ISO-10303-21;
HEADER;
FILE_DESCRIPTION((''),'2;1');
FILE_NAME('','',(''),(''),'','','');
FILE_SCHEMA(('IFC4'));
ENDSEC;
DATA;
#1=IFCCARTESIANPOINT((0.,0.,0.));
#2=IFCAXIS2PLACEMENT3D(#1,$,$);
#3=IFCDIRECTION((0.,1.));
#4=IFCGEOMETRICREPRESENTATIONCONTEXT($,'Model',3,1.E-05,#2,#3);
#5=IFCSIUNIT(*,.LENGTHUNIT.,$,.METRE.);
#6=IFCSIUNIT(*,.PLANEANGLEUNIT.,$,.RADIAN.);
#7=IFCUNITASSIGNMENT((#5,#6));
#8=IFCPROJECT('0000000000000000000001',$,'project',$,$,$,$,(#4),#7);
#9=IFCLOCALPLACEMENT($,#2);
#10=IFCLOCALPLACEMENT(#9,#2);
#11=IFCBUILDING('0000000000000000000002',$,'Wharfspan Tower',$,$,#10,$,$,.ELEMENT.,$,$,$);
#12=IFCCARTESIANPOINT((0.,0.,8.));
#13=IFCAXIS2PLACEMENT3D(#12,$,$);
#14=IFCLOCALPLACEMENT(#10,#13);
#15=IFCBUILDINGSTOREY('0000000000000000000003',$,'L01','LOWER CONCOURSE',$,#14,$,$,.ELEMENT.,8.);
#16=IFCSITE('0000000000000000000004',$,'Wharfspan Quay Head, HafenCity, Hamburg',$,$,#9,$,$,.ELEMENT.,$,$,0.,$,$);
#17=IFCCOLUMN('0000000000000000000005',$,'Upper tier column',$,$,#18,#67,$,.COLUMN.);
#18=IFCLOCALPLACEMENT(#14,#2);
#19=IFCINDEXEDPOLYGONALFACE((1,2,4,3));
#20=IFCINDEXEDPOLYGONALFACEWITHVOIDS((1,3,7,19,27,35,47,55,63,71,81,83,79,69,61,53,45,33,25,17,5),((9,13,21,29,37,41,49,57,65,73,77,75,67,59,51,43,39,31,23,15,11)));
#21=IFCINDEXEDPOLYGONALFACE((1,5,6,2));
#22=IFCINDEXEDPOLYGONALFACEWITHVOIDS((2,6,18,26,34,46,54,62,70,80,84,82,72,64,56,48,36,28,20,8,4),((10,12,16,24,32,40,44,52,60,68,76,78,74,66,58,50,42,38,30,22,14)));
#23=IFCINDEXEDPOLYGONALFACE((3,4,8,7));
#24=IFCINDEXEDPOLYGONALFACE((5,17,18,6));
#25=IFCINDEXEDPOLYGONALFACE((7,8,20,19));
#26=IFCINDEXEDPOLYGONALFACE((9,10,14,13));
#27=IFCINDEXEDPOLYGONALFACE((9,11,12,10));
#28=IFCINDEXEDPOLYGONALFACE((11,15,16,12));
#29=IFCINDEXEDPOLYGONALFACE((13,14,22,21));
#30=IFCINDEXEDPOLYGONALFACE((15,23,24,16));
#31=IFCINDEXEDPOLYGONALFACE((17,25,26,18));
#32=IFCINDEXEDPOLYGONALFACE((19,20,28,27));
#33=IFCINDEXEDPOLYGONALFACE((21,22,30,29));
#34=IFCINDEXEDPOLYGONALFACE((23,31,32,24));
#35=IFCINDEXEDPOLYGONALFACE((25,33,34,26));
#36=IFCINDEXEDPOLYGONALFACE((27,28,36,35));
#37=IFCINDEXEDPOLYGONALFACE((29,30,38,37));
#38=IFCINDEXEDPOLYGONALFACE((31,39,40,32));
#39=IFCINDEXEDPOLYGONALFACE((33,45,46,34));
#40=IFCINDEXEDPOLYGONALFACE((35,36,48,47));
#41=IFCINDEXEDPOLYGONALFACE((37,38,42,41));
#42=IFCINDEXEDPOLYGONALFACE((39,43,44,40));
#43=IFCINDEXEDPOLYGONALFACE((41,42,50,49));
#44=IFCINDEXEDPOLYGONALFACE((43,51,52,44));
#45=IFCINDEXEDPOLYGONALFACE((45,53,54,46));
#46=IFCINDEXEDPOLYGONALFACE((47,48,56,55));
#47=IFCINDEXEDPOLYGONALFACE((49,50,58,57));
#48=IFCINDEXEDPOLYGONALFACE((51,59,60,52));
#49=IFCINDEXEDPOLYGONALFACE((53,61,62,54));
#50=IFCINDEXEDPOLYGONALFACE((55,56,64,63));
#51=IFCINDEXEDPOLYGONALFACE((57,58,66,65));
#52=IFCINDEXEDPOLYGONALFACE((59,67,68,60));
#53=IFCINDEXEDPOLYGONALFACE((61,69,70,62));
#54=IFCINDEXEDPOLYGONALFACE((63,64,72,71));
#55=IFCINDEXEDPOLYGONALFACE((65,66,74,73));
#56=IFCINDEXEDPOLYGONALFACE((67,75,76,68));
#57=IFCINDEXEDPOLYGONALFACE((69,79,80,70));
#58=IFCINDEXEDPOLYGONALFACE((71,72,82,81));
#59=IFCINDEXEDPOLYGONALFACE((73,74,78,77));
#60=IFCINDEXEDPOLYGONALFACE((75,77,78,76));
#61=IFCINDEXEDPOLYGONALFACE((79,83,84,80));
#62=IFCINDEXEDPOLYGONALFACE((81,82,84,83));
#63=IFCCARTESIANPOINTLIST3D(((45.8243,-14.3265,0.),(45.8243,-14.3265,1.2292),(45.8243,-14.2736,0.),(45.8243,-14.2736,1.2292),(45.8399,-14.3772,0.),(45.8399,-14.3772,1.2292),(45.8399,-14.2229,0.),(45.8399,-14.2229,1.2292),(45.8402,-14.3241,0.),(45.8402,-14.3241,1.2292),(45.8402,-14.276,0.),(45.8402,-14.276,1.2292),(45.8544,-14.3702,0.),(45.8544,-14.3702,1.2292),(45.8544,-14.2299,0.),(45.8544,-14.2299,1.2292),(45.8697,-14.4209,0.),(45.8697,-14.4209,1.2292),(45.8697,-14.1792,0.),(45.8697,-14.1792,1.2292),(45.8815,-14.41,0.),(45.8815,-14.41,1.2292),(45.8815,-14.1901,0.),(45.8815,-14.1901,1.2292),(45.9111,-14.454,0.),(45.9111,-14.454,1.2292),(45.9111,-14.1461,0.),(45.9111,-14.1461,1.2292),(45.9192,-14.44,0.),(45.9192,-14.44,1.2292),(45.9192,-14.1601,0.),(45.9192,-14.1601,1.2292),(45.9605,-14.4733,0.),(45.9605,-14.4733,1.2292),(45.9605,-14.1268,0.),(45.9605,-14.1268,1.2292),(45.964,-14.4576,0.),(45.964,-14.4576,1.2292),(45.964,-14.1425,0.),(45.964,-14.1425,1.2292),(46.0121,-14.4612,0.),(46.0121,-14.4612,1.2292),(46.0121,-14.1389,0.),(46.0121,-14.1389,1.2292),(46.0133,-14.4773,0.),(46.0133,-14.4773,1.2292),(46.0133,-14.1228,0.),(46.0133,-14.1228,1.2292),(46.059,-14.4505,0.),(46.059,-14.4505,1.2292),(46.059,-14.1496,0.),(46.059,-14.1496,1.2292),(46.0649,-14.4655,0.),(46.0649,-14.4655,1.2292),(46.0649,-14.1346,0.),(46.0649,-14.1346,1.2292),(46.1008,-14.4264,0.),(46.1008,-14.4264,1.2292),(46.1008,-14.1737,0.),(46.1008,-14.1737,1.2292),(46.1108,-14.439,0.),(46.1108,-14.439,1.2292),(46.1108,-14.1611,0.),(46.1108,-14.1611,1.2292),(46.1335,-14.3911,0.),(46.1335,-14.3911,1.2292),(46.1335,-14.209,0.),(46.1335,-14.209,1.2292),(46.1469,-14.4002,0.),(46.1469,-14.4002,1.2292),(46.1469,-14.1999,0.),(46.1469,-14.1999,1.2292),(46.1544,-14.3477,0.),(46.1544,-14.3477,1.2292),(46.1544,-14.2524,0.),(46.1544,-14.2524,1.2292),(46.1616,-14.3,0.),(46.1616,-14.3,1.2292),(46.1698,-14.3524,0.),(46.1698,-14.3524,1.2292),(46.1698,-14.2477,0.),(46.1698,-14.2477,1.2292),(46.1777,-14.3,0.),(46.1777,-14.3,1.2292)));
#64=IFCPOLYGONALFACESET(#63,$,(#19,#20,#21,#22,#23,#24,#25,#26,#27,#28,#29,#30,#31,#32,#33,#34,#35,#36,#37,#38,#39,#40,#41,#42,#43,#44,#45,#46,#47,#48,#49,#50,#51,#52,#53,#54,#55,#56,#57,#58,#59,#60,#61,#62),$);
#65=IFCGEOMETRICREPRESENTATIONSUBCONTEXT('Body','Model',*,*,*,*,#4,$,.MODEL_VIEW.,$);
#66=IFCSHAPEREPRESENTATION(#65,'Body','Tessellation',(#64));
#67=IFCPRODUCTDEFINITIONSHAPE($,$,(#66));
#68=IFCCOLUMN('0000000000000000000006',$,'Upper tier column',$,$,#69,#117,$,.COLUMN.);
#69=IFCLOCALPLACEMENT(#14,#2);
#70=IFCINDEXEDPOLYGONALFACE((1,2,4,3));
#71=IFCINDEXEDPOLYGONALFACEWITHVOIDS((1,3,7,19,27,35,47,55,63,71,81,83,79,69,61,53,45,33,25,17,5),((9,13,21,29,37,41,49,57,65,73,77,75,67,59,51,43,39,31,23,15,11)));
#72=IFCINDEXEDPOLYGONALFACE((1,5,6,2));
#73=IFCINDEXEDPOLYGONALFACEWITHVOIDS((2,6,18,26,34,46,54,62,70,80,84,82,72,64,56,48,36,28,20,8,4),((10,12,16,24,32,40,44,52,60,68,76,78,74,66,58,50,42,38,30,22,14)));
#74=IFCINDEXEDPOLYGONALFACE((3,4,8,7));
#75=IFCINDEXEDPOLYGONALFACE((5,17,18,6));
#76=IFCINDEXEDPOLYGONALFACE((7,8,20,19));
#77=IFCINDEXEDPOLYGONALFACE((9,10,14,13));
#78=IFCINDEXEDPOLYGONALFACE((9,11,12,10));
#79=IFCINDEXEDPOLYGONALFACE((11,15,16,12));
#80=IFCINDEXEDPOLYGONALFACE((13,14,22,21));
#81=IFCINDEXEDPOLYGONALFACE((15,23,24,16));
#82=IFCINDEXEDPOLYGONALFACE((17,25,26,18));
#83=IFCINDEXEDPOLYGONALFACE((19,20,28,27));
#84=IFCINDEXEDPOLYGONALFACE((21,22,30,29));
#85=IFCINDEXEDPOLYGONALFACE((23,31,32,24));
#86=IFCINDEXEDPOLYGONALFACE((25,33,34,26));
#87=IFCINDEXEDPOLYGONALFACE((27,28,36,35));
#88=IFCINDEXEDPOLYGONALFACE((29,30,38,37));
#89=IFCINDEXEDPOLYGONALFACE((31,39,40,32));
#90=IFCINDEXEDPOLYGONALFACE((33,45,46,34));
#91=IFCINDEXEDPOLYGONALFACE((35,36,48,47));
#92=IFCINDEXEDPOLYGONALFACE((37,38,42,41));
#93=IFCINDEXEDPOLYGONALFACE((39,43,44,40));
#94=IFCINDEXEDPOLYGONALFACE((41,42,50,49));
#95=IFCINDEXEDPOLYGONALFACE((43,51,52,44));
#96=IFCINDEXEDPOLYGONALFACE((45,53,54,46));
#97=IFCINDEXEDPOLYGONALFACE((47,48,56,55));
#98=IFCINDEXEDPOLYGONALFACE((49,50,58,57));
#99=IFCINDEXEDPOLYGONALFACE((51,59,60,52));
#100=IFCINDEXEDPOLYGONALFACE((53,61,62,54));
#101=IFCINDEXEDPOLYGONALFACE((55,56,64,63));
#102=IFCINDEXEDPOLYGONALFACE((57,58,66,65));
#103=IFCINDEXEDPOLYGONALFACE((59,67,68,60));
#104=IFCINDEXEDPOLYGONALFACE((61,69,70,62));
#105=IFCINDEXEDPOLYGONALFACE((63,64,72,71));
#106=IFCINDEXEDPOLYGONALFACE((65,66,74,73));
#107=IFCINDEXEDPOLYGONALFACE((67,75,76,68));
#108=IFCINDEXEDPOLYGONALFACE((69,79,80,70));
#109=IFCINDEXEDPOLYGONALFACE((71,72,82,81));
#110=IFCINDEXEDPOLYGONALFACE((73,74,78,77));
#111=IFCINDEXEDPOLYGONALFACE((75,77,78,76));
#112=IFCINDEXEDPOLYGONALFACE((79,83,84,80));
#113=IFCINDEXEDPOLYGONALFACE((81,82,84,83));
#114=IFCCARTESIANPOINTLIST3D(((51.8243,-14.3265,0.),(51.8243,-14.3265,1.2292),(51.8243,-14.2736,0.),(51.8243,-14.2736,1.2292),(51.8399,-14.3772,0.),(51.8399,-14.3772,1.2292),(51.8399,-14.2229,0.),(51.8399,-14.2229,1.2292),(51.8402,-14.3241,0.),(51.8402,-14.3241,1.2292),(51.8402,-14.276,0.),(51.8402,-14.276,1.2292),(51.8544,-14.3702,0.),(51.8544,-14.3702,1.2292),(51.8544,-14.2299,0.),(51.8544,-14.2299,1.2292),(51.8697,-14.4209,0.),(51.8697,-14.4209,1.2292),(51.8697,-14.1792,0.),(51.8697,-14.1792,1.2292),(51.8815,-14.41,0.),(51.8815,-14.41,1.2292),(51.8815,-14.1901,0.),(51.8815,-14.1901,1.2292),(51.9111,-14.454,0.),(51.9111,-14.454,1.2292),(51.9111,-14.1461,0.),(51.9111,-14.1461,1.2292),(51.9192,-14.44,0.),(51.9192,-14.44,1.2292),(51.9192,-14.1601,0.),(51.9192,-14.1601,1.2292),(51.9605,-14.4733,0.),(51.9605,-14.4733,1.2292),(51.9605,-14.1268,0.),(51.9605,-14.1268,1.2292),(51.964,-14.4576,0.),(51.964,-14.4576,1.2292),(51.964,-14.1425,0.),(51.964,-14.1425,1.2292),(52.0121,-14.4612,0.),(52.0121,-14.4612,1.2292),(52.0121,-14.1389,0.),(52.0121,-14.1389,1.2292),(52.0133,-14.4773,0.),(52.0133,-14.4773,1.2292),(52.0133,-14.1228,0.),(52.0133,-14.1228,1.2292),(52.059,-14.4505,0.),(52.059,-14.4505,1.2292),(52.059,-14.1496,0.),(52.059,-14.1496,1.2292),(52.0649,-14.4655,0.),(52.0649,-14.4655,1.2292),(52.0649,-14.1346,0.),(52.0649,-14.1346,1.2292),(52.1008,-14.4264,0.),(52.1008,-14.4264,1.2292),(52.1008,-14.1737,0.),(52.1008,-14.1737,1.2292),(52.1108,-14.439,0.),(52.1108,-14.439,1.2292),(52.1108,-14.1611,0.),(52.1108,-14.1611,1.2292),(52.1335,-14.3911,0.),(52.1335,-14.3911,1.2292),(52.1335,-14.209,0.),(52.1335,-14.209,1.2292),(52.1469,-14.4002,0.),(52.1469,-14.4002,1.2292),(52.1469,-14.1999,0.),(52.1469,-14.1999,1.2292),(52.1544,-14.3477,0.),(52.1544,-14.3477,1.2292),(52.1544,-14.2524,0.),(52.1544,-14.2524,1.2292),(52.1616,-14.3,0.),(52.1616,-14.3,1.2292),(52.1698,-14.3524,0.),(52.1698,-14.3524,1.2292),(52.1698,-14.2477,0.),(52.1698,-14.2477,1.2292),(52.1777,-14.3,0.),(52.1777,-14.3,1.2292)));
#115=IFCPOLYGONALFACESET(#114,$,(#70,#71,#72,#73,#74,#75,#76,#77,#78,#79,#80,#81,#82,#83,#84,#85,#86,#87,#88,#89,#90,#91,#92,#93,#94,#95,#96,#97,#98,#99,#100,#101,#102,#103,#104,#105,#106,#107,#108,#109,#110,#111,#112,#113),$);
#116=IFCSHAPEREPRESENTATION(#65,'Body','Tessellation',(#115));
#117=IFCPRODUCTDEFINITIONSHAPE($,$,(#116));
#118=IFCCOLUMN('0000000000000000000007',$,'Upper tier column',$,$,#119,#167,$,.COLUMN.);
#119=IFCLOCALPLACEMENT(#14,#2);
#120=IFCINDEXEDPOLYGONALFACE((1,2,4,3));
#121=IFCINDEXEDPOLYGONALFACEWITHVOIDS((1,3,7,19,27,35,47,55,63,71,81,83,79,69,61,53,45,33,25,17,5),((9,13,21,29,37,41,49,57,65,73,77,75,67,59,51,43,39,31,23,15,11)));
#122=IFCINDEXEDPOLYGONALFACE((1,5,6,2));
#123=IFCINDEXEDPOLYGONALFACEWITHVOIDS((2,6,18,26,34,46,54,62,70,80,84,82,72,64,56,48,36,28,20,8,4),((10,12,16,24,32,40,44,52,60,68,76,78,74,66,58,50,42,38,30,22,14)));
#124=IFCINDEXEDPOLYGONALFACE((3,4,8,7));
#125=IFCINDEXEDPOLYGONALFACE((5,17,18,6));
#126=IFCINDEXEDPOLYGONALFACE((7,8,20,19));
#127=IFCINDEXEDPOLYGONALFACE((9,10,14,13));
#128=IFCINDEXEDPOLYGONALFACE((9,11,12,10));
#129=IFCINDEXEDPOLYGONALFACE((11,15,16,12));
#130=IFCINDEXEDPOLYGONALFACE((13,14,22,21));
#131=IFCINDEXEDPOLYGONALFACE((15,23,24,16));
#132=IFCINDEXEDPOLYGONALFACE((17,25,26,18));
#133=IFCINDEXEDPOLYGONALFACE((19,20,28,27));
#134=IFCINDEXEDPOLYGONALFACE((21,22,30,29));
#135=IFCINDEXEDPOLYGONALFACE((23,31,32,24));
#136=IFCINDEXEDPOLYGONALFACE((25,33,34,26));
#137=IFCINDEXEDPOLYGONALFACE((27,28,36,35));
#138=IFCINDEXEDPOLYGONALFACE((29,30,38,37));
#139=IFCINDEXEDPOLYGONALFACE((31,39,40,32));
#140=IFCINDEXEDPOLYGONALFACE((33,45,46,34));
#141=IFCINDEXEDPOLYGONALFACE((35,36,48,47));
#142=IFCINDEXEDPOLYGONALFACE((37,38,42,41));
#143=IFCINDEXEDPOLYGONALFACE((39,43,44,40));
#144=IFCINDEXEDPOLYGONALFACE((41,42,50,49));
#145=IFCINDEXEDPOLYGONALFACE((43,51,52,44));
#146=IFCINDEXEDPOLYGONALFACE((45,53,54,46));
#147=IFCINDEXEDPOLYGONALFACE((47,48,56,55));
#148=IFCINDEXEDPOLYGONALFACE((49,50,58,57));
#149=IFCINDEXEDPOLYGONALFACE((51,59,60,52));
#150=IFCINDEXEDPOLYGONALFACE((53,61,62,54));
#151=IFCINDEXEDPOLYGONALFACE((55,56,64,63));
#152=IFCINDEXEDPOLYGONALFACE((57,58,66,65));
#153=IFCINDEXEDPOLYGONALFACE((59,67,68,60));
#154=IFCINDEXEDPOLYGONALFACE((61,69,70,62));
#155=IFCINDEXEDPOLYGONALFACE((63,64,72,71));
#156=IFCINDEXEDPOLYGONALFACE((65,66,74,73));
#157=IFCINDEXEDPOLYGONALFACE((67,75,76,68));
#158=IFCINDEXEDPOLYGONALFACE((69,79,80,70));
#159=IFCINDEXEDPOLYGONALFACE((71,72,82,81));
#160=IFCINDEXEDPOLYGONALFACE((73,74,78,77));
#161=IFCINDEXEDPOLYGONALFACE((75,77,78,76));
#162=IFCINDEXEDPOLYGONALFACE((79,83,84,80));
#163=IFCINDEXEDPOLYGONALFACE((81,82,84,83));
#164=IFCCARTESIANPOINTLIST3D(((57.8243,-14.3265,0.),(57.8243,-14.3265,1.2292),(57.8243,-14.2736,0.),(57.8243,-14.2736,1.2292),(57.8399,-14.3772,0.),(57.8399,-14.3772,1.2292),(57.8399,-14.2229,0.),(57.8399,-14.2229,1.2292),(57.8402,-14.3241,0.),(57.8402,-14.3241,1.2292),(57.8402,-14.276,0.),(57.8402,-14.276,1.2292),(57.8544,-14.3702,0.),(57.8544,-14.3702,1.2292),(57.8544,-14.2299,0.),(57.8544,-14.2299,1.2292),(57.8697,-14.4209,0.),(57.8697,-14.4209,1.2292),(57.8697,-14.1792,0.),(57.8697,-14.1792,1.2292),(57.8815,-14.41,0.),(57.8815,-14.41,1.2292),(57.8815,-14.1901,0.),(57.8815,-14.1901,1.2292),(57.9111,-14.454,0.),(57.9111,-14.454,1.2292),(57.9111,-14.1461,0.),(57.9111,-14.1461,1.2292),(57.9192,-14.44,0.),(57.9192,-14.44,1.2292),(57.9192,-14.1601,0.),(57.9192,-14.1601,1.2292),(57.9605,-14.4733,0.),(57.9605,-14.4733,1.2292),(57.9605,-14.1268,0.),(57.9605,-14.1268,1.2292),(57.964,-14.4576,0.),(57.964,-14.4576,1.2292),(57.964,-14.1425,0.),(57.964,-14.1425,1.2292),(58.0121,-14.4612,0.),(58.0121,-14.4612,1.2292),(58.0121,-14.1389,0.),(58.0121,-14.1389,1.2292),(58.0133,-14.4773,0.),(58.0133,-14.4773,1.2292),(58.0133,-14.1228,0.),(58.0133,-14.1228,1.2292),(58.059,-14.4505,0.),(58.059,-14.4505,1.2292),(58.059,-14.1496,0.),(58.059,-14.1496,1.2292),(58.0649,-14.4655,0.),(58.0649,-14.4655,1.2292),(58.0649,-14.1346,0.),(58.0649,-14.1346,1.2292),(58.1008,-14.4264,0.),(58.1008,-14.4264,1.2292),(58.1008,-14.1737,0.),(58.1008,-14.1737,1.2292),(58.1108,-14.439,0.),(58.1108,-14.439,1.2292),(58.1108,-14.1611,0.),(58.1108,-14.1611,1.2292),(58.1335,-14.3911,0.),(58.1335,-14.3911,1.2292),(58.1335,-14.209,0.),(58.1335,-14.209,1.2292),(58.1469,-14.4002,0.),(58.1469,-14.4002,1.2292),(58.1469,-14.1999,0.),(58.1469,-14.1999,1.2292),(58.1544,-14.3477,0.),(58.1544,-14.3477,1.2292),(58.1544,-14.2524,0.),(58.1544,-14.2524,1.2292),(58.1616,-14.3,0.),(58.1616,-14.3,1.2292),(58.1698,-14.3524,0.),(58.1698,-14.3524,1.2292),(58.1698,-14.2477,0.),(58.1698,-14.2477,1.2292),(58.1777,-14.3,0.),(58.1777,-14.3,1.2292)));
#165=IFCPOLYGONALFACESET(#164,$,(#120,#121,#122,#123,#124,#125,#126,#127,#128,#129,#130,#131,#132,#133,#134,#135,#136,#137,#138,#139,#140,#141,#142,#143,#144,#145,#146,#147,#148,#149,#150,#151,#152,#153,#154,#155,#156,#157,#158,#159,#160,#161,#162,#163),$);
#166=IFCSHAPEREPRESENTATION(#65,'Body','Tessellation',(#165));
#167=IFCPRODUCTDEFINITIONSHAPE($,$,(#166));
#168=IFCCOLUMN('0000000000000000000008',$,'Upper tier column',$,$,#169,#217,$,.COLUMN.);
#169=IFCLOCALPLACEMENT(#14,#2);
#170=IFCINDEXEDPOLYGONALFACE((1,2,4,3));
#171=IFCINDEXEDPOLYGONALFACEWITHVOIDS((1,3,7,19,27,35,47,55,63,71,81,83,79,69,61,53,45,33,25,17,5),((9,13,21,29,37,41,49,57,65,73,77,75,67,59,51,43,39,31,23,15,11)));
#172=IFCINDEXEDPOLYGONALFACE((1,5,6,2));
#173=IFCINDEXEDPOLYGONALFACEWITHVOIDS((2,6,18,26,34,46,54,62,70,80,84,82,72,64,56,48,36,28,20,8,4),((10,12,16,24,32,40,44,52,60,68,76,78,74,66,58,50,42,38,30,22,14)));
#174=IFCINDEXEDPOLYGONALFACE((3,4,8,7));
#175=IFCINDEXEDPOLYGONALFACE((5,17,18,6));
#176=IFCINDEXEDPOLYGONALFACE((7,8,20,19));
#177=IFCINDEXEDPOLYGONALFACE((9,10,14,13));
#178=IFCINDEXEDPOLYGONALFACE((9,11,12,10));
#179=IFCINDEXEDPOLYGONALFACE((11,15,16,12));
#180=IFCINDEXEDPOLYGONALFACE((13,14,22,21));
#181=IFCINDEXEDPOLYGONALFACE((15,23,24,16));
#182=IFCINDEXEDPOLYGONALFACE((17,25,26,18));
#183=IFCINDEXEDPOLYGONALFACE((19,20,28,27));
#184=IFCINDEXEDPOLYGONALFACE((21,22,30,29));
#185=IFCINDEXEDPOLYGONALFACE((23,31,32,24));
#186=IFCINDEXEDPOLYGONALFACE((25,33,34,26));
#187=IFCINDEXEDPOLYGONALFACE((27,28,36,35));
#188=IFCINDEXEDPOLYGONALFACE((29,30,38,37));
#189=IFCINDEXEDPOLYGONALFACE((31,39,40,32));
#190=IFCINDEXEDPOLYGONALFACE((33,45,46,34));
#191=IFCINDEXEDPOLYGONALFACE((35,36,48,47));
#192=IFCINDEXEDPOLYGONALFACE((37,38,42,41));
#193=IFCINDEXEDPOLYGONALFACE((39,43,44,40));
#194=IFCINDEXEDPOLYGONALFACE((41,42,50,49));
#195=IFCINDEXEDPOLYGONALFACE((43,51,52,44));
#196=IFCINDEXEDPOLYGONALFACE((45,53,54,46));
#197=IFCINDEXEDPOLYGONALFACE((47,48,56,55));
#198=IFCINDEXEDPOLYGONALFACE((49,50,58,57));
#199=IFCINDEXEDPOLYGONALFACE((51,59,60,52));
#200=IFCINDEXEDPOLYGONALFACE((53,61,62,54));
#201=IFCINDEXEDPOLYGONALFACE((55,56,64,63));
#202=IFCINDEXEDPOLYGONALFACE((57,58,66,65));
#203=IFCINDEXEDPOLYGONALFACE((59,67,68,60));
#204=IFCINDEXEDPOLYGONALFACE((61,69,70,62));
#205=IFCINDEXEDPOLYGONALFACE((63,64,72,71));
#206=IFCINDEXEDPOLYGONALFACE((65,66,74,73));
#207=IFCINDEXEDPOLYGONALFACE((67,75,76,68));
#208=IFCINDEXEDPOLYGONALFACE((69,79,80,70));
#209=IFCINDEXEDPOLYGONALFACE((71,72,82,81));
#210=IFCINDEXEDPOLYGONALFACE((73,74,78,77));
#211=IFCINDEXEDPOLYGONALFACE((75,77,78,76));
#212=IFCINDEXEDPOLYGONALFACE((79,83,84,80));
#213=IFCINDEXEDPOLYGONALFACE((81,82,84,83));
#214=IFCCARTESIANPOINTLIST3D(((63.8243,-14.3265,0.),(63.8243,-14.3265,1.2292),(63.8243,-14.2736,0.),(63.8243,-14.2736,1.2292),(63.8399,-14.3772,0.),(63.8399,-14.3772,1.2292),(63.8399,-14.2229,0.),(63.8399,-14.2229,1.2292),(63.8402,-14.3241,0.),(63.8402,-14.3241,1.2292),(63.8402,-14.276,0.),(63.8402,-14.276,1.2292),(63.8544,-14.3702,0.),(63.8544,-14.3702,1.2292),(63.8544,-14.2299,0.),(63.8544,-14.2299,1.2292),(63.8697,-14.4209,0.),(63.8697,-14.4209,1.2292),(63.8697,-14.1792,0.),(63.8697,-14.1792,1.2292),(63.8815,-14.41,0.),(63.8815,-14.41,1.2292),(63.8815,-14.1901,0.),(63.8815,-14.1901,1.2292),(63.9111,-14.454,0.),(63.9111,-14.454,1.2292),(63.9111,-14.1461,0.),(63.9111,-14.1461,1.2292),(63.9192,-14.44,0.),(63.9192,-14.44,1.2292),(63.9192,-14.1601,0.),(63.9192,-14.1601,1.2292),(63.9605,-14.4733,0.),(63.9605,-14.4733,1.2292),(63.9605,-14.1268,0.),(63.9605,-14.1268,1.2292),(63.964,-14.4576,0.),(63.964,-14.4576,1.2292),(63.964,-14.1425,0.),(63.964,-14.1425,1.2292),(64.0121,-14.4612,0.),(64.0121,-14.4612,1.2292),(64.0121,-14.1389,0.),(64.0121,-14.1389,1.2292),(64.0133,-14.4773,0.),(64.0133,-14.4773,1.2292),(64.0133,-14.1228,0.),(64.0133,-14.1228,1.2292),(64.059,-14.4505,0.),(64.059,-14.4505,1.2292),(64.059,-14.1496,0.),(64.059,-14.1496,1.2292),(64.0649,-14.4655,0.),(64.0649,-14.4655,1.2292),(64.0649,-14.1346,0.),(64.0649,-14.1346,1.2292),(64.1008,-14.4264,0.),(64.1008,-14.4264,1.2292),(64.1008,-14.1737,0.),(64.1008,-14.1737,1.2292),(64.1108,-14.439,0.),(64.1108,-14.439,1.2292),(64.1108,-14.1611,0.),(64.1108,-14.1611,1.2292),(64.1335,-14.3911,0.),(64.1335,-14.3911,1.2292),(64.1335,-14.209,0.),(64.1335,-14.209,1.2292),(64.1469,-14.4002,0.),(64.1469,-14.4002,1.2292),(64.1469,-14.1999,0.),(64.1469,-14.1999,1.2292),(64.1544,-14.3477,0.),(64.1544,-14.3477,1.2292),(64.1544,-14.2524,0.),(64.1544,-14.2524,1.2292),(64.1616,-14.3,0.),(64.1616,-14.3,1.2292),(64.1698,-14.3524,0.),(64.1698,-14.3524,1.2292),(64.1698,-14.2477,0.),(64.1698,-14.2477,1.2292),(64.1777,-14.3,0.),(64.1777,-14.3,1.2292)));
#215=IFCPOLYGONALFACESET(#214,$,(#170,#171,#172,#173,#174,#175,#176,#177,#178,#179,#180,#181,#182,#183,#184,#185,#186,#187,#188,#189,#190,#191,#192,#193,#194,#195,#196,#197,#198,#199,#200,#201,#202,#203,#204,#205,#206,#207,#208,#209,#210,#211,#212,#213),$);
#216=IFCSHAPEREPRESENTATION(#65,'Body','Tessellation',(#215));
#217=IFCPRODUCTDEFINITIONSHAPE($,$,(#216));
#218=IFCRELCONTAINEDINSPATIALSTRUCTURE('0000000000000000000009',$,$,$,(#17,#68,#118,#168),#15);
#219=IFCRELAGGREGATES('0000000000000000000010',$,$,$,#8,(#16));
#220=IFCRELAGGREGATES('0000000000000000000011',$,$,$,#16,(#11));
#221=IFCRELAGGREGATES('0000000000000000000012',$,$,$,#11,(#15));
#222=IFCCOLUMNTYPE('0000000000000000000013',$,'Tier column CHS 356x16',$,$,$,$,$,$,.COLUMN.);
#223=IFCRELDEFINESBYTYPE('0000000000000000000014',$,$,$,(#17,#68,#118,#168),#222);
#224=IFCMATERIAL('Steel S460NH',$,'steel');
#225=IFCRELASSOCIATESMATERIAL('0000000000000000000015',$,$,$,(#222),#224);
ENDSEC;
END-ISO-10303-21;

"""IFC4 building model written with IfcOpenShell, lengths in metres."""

from ifc_helpers import new_model, si_unit, direction, frame, origin, origin_2d, place, context, subcontext, project, spatial, hollow_circle, extrude, material, material_profile, profile_set, type_object, element, save


model = new_model("IFC4")

# Units and contexts
model_context = context("Model", 3, precision=1e-05, world=origin(), true_north=direction((0.0, 1.0)))
body_context = subcontext(model_context, "Body", "Model", "MODEL_VIEW")
ifc_project = project(units=[si_unit("LENGTHUNIT", "METRE"), si_unit("PLANEANGLEUNIT", "RADIAN")], contexts=[model_context])

# Site, building, storey
site_placement = place(None, origin())
site = spatial("IfcSite", under=ifc_project, at=site_placement, Name="Wharfspan Quay Head, HafenCity, Hamburg", CompositionType="ELEMENT", RefElevation=0.0)
building_placement = place(site_placement, origin())
building = spatial("IfcBuilding", under=site, at=building_placement, Name="Wharfspan Tower", CompositionType="ELEMENT")
storey_placement = place(building_placement, frame((0.0, 0.0, 8.0)))
storey = spatial("IfcBuildingStorey", under=building, at=storey_placement, Name="L01", Description="LOWER CONCOURSE", CompositionType="ELEMENT", Elevation=8.0)

# Columns
ifc_material_1 = material(Name="Steel S460NH", Category="steel")
ifc_material_profile_1 = material_profile(ifc_material_1, hollow_circle(Radius=0.1777, WallThickness=0.0161, at=origin_2d()))
ifc_profile_set_1 = profile_set([ifc_material_profile_1], Name="Steel S460NH")
column_type = type_object("IfcColumnType", Name="Tier column CHS 356x16", PredefinedType="COLUMN", material=ifc_profile_set_1)
for number, where, z_axis, x_axis, name in (
    (1, (46.0, -14.3, 0.0), (0.0, 0.0, 1.0), (1.0, 0.0, 0.0), "Upper tier column"),
    (2, (52.0, -14.3, 0.0), (0.0, 0.0, 1.0), (1.0, 0.0, 0.0), "Upper tier column"),
    (3, (58.0, -14.3, 0.0), (0.0, 0.0, 1.0), (1.0, 0.0, 0.0), "Upper tier column"),
    (4, (64.0, -14.3, 0.0), (0.0, 0.0, 1.0), (1.0, 0.0, 0.0), "Upper tier column"),
):
    element("IfcColumn", number, at=place(storey_placement, frame(where, z_axis=z_axis, x_axis=x_axis)), inside=storey, type_object=column_type, Name=name, PredefinedType="COLUMN", context=body_context, shape_type="SweptSolid", body=[
        extrude(hollow_circle(Radius=0.1777, WallThickness=0.0161, at=origin_2d()), origin(), (0.0, 0.0, 1.0), 1.2292),
    ])

save(model, "model.ifc")
